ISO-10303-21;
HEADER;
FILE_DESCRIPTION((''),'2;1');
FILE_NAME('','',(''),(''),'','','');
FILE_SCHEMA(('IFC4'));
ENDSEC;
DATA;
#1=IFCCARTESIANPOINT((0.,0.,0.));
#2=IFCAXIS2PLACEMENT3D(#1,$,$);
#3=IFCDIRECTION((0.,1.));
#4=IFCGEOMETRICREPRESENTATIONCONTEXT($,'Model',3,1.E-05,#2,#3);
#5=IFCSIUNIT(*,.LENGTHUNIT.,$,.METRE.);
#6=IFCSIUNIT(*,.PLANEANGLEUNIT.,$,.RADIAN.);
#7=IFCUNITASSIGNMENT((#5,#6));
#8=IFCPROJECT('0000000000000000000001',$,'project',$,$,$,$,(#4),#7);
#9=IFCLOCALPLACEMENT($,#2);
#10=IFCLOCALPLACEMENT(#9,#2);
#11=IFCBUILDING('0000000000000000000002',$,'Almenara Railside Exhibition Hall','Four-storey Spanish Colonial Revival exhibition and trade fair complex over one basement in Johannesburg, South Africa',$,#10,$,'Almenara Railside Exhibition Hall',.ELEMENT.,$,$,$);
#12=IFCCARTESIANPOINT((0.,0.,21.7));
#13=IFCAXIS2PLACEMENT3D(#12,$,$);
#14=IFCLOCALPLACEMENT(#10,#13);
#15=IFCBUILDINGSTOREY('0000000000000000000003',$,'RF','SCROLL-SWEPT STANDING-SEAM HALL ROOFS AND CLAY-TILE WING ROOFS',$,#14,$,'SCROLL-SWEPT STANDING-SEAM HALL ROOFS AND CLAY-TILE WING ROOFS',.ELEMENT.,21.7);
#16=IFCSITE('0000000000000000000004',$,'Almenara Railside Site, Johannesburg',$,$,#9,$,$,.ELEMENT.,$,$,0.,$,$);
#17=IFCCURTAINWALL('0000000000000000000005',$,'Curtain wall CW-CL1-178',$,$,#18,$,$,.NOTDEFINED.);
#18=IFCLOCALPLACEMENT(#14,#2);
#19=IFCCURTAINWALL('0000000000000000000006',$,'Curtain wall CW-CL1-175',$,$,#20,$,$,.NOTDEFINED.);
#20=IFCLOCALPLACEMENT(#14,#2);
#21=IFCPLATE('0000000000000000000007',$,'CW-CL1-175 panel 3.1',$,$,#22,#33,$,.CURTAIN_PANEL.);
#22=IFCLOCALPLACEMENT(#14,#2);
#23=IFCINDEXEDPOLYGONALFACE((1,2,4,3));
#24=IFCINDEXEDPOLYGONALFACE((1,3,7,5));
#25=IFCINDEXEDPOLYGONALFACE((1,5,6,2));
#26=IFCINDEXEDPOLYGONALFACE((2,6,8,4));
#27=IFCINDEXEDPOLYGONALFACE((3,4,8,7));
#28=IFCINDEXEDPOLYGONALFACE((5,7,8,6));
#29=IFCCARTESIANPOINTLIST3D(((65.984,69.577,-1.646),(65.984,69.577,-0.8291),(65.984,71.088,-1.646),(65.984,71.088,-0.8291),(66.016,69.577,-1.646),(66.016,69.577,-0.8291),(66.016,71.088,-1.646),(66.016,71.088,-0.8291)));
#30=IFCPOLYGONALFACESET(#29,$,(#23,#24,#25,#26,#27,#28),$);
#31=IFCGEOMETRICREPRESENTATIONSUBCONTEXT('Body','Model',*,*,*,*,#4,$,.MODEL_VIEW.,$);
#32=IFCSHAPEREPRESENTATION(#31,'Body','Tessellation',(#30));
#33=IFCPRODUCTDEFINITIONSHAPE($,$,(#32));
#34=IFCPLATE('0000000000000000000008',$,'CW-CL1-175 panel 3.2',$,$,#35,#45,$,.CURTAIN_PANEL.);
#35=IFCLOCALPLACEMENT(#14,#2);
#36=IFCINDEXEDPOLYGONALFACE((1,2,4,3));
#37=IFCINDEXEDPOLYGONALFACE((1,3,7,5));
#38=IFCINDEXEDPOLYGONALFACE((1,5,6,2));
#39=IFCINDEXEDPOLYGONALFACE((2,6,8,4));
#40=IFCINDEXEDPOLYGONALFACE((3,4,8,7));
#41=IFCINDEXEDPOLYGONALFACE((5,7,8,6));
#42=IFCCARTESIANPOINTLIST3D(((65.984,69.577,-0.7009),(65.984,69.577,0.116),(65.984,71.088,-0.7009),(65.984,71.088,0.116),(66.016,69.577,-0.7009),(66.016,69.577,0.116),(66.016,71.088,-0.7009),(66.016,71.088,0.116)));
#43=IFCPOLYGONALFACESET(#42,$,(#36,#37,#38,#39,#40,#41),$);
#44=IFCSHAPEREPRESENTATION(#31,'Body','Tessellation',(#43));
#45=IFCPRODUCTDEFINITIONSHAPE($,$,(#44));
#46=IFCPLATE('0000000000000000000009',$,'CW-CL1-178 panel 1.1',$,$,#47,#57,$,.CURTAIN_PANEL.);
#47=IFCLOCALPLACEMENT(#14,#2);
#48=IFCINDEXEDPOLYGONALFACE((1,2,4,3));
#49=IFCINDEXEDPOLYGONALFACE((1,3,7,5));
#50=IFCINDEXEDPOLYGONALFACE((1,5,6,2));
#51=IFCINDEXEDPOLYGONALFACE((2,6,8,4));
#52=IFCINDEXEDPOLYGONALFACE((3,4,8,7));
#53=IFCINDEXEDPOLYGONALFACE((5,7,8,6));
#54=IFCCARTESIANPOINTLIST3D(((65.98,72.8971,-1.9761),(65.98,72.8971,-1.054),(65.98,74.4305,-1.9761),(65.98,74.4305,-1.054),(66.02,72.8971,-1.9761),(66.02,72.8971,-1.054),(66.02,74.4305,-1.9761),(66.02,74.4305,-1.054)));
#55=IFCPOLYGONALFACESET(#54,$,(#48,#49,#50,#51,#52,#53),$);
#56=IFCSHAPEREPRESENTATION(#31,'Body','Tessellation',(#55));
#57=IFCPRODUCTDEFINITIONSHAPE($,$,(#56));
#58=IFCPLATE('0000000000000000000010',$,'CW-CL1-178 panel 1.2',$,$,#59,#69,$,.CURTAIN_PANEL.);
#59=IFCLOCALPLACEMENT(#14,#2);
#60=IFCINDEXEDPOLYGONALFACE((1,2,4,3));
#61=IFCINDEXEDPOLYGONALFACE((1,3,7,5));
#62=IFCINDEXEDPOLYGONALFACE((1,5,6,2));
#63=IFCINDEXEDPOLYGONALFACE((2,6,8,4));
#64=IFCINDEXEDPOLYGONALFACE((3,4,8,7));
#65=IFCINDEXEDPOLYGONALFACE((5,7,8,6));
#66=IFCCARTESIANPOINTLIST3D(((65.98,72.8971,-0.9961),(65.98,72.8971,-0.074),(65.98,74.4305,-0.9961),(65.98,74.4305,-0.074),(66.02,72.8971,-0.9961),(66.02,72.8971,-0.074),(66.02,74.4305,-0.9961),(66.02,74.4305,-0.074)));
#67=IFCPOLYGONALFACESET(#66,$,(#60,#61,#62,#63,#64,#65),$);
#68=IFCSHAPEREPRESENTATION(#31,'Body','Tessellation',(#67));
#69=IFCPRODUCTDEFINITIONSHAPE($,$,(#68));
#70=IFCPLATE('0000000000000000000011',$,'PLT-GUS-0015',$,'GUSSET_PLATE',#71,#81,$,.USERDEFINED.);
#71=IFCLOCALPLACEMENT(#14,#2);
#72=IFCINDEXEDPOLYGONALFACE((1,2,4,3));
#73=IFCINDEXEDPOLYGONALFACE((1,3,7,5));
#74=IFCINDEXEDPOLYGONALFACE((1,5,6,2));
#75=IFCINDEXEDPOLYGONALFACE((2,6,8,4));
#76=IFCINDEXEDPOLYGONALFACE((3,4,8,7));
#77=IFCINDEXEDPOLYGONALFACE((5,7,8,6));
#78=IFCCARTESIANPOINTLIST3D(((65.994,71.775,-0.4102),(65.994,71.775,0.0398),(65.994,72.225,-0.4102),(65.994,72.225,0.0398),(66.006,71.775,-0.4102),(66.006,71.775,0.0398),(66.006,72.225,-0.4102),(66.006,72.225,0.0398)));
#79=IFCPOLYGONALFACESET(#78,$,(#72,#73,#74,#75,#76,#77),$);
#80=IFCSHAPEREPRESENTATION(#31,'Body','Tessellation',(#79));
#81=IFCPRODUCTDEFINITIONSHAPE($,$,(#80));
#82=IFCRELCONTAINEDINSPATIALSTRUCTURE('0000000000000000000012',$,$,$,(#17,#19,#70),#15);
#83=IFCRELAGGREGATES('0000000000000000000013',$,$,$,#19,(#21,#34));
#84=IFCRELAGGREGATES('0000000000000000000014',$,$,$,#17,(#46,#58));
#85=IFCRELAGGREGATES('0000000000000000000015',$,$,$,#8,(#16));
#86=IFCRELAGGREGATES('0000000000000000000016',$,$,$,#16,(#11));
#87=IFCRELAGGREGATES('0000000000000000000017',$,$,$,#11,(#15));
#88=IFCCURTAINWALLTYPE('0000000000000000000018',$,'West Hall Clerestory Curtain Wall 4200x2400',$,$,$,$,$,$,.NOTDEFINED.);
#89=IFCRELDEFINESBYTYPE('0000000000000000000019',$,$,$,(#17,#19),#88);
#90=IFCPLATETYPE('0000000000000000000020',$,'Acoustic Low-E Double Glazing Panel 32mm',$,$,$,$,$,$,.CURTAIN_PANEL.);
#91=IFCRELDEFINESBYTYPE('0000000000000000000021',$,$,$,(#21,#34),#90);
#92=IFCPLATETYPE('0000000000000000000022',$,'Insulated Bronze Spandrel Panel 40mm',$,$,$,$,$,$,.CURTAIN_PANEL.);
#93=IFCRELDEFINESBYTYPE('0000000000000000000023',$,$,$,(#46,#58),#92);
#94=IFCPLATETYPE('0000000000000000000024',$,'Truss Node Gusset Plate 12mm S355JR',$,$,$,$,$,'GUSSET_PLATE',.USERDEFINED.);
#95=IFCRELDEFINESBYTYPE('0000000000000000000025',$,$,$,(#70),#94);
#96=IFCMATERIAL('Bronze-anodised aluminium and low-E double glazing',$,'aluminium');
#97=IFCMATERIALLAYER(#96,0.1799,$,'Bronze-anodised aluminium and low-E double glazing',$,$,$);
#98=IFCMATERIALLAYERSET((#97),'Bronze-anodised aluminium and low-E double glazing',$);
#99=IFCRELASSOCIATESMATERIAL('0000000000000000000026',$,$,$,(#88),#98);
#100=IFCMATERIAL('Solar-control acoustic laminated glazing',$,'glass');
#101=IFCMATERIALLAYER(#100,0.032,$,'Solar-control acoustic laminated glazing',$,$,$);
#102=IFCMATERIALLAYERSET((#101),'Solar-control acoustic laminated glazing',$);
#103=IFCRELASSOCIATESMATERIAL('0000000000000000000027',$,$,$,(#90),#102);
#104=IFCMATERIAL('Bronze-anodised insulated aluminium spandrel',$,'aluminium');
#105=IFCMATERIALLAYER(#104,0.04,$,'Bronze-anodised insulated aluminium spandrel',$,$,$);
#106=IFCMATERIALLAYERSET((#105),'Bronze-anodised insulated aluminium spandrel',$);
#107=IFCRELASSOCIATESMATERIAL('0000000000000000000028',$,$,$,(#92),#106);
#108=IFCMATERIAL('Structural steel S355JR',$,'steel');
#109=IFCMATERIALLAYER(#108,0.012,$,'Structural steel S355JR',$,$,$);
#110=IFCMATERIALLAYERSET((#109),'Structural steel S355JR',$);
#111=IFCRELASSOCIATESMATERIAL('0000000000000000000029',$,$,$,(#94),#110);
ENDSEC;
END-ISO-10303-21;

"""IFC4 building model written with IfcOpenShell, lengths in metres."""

from ifc_helpers import new_model, si_unit, direction, frame, origin, origin_2d, place, context, subcontext, project, spatial, rectangle, extrude, material, layer, layer_set, type_object, element, aggregate, save


model = new_model("IFC4")

# Units and contexts
model_context = context("Model", 3, precision=1e-05, world=origin(), true_north=direction((0.0, 1.0)))
body_context = subcontext(model_context, "Body", "Model", "MODEL_VIEW")
ifc_project = project(units=[si_unit("LENGTHUNIT", "METRE"), si_unit("PLANEANGLEUNIT", "RADIAN")], contexts=[model_context])

# Site, building, storey
site_placement = place(None, origin())
site = spatial("IfcSite", under=ifc_project, at=site_placement, Name="Almenara Railside Site, Johannesburg", CompositionType="ELEMENT", RefElevation=0.0)
building_placement = place(site_placement, origin())
building = spatial("IfcBuilding", under=site, at=building_placement, Name="Almenara Railside Exhibition Hall", Description="Four-storey Spanish Colonial Revival exhibition and trade fair complex over one basement in Johannesburg, South Africa", LongName="Almenara Railside Exhibition Hall", CompositionType="ELEMENT")
storey_placement = place(building_placement, frame((0.0, 0.0, 21.7)))
storey = spatial("IfcBuildingStorey", under=building, at=storey_placement, Name="RF", Description="SCROLL-SWEPT STANDING-SEAM HALL ROOFS AND CLAY-TILE WING ROOFS", LongName="SCROLL-SWEPT STANDING-SEAM HALL ROOFS AND CLAY-TILE WING ROOFS", CompositionType="ELEMENT", Elevation=21.7)

# Shared definitions
ifc_material_1 = material(Name="Structural steel S355JR", Category="steel")

# Curtain walls
ifc_material_2 = material(Name="Bronze-anodised aluminium and low-E double glazing", Category="aluminium")
ifc_layer_1 = layer(ifc_material_2, 0.1799, Name="Bronze-anodised aluminium and low-E double glazing")
ifc_layer_set_1 = layer_set([ifc_layer_1], Name="Bronze-anodised aluminium and low-E double glazing")
curtain_wall_type = type_object("IfcCurtainWallType", Name="West Hall Clerestory Curtain Wall 4200x2400", PredefinedType="NOTDEFINED", material=ifc_layer_set_1)
curtain_wall_1_placement = place(storey_placement, origin())
curtain_wall_1 = element("IfcCurtainWall", 1, at=curtain_wall_1_placement, inside=storey, type_object=curtain_wall_type, Name="Curtain wall CW-CL1-178", PredefinedType="NOTDEFINED")
curtain_wall_2_placement = place(storey_placement, origin())
curtain_wall_2 = element("IfcCurtainWall", 2, at=curtain_wall_2_placement, inside=storey, type_object=curtain_wall_type, Name="Curtain wall CW-CL1-175", PredefinedType="NOTDEFINED")

# Plates
ifc_material_3 = material(Name="Solar-control acoustic laminated glazing", Category="glass")
ifc_layer_2 = layer(ifc_material_3, 0.032, Name="Solar-control acoustic laminated glazing")
ifc_layer_set_2 = layer_set([ifc_layer_2], Name="Solar-control acoustic laminated glazing")
plate_type_1 = type_object("IfcPlateType", Name="Acoustic Low-E Double Glazing Panel 32mm", PredefinedType="CURTAIN_PANEL", material=ifc_layer_set_2)
plate_1_placement = place(storey_placement, frame((66.0, 70.3325, -1.646), z_axis=(0.0, 0.0, 1.0), x_axis=(0.0, 1.0, 0.0)))
plate_1 = element("IfcPlate", 3, at=plate_1_placement, type_object=plate_type_1, Name="CW-CL1-175 panel 3.1", PredefinedType="CURTAIN_PANEL", context=body_context, shape_type="SweptSolid", body=[
    extrude(rectangle(XDim=1.511, YDim=0.032, at=origin_2d()), origin(), (0.0, 0.0, 1.0), 0.8169),
])
plate_2_placement = place(storey_placement, frame((66.0, 70.3325, -0.7009), z_axis=(0.0, 0.0, 1.0), x_axis=(0.0, 1.0, 0.0)))
plate_2 = element("IfcPlate", 4, at=plate_2_placement, type_object=plate_type_1, Name="CW-CL1-175 panel 3.2", PredefinedType="CURTAIN_PANEL", context=body_context, shape_type="SweptSolid", body=[
    extrude(rectangle(XDim=1.511, YDim=0.032, at=origin_2d()), origin(), (0.0, 0.0, 1.0), 0.8169),
])
aggregate(curtain_wall_2, [plate_1, plate_2])
ifc_material_4 = material(Name="Bronze-anodised insulated aluminium spandrel", Category="aluminium")
ifc_layer_3 = layer(ifc_material_4, 0.04, Name="Bronze-anodised insulated aluminium spandrel")
ifc_layer_set_3 = layer_set([ifc_layer_3], Name="Bronze-anodised insulated aluminium spandrel")
plate_type_2 = type_object("IfcPlateType", Name="Insulated Bronze Spandrel Panel 40mm", PredefinedType="CURTAIN_PANEL", material=ifc_layer_set_3)
plate_3_placement = place(storey_placement, frame((66.0, 73.6638, -1.9761), z_axis=(0.0, 0.0, 1.0), x_axis=(0.0, 1.0, 0.0)))
plate_3 = element("IfcPlate", 5, at=plate_3_placement, type_object=plate_type_2, Name="CW-CL1-178 panel 1.1", PredefinedType="CURTAIN_PANEL", context=body_context, shape_type="SweptSolid", body=[
    extrude(rectangle(XDim=1.5334, YDim=0.04, at=origin_2d()), origin(), (0.0, 0.0, 1.0), 0.9221),
])
plate_4_placement = place(storey_placement, frame((66.0, 73.6638, -0.9961), z_axis=(0.0, 0.0, 1.0), x_axis=(0.0, 1.0, 0.0)))
plate_4 = element("IfcPlate", 6, at=plate_4_placement, type_object=plate_type_2, Name="CW-CL1-178 panel 1.2", PredefinedType="CURTAIN_PANEL", context=body_context, shape_type="SweptSolid", body=[
    extrude(rectangle(XDim=1.5334, YDim=0.04, at=origin_2d()), origin(), (0.0, 0.0, 1.0), 0.9221),
])
aggregate(curtain_wall_1, [plate_3, plate_4])
ifc_layer_4 = layer(ifc_material_1, 0.012, Name="Structural steel S355JR")
ifc_layer_set_4 = layer_set([ifc_layer_4], Name="Structural steel S355JR")
plate_type_3 = type_object("IfcPlateType", Name="Truss Node Gusset Plate 12mm S355JR", ElementType="GUSSET_PLATE", PredefinedType="USERDEFINED", material=ifc_layer_set_4)
plate_5_placement = place(storey_placement, frame((66.0, 72.0, -0.4102), z_axis=(0.0, 0.0, 1.0), x_axis=(0.0, 1.0, 0.0)))
element("IfcPlate", 7, at=plate_5_placement, inside=storey, type_object=plate_type_3, Name="PLT-GUS-0015", ObjectType="GUSSET_PLATE", PredefinedType="USERDEFINED", context=body_context, shape_type="SweptSolid", body=[
    extrude(rectangle(XDim=0.45, YDim=0.012, at=origin_2d()), origin(), (0.0, 0.0, 1.0), 0.45),
])

save(model, "model.ifc")
